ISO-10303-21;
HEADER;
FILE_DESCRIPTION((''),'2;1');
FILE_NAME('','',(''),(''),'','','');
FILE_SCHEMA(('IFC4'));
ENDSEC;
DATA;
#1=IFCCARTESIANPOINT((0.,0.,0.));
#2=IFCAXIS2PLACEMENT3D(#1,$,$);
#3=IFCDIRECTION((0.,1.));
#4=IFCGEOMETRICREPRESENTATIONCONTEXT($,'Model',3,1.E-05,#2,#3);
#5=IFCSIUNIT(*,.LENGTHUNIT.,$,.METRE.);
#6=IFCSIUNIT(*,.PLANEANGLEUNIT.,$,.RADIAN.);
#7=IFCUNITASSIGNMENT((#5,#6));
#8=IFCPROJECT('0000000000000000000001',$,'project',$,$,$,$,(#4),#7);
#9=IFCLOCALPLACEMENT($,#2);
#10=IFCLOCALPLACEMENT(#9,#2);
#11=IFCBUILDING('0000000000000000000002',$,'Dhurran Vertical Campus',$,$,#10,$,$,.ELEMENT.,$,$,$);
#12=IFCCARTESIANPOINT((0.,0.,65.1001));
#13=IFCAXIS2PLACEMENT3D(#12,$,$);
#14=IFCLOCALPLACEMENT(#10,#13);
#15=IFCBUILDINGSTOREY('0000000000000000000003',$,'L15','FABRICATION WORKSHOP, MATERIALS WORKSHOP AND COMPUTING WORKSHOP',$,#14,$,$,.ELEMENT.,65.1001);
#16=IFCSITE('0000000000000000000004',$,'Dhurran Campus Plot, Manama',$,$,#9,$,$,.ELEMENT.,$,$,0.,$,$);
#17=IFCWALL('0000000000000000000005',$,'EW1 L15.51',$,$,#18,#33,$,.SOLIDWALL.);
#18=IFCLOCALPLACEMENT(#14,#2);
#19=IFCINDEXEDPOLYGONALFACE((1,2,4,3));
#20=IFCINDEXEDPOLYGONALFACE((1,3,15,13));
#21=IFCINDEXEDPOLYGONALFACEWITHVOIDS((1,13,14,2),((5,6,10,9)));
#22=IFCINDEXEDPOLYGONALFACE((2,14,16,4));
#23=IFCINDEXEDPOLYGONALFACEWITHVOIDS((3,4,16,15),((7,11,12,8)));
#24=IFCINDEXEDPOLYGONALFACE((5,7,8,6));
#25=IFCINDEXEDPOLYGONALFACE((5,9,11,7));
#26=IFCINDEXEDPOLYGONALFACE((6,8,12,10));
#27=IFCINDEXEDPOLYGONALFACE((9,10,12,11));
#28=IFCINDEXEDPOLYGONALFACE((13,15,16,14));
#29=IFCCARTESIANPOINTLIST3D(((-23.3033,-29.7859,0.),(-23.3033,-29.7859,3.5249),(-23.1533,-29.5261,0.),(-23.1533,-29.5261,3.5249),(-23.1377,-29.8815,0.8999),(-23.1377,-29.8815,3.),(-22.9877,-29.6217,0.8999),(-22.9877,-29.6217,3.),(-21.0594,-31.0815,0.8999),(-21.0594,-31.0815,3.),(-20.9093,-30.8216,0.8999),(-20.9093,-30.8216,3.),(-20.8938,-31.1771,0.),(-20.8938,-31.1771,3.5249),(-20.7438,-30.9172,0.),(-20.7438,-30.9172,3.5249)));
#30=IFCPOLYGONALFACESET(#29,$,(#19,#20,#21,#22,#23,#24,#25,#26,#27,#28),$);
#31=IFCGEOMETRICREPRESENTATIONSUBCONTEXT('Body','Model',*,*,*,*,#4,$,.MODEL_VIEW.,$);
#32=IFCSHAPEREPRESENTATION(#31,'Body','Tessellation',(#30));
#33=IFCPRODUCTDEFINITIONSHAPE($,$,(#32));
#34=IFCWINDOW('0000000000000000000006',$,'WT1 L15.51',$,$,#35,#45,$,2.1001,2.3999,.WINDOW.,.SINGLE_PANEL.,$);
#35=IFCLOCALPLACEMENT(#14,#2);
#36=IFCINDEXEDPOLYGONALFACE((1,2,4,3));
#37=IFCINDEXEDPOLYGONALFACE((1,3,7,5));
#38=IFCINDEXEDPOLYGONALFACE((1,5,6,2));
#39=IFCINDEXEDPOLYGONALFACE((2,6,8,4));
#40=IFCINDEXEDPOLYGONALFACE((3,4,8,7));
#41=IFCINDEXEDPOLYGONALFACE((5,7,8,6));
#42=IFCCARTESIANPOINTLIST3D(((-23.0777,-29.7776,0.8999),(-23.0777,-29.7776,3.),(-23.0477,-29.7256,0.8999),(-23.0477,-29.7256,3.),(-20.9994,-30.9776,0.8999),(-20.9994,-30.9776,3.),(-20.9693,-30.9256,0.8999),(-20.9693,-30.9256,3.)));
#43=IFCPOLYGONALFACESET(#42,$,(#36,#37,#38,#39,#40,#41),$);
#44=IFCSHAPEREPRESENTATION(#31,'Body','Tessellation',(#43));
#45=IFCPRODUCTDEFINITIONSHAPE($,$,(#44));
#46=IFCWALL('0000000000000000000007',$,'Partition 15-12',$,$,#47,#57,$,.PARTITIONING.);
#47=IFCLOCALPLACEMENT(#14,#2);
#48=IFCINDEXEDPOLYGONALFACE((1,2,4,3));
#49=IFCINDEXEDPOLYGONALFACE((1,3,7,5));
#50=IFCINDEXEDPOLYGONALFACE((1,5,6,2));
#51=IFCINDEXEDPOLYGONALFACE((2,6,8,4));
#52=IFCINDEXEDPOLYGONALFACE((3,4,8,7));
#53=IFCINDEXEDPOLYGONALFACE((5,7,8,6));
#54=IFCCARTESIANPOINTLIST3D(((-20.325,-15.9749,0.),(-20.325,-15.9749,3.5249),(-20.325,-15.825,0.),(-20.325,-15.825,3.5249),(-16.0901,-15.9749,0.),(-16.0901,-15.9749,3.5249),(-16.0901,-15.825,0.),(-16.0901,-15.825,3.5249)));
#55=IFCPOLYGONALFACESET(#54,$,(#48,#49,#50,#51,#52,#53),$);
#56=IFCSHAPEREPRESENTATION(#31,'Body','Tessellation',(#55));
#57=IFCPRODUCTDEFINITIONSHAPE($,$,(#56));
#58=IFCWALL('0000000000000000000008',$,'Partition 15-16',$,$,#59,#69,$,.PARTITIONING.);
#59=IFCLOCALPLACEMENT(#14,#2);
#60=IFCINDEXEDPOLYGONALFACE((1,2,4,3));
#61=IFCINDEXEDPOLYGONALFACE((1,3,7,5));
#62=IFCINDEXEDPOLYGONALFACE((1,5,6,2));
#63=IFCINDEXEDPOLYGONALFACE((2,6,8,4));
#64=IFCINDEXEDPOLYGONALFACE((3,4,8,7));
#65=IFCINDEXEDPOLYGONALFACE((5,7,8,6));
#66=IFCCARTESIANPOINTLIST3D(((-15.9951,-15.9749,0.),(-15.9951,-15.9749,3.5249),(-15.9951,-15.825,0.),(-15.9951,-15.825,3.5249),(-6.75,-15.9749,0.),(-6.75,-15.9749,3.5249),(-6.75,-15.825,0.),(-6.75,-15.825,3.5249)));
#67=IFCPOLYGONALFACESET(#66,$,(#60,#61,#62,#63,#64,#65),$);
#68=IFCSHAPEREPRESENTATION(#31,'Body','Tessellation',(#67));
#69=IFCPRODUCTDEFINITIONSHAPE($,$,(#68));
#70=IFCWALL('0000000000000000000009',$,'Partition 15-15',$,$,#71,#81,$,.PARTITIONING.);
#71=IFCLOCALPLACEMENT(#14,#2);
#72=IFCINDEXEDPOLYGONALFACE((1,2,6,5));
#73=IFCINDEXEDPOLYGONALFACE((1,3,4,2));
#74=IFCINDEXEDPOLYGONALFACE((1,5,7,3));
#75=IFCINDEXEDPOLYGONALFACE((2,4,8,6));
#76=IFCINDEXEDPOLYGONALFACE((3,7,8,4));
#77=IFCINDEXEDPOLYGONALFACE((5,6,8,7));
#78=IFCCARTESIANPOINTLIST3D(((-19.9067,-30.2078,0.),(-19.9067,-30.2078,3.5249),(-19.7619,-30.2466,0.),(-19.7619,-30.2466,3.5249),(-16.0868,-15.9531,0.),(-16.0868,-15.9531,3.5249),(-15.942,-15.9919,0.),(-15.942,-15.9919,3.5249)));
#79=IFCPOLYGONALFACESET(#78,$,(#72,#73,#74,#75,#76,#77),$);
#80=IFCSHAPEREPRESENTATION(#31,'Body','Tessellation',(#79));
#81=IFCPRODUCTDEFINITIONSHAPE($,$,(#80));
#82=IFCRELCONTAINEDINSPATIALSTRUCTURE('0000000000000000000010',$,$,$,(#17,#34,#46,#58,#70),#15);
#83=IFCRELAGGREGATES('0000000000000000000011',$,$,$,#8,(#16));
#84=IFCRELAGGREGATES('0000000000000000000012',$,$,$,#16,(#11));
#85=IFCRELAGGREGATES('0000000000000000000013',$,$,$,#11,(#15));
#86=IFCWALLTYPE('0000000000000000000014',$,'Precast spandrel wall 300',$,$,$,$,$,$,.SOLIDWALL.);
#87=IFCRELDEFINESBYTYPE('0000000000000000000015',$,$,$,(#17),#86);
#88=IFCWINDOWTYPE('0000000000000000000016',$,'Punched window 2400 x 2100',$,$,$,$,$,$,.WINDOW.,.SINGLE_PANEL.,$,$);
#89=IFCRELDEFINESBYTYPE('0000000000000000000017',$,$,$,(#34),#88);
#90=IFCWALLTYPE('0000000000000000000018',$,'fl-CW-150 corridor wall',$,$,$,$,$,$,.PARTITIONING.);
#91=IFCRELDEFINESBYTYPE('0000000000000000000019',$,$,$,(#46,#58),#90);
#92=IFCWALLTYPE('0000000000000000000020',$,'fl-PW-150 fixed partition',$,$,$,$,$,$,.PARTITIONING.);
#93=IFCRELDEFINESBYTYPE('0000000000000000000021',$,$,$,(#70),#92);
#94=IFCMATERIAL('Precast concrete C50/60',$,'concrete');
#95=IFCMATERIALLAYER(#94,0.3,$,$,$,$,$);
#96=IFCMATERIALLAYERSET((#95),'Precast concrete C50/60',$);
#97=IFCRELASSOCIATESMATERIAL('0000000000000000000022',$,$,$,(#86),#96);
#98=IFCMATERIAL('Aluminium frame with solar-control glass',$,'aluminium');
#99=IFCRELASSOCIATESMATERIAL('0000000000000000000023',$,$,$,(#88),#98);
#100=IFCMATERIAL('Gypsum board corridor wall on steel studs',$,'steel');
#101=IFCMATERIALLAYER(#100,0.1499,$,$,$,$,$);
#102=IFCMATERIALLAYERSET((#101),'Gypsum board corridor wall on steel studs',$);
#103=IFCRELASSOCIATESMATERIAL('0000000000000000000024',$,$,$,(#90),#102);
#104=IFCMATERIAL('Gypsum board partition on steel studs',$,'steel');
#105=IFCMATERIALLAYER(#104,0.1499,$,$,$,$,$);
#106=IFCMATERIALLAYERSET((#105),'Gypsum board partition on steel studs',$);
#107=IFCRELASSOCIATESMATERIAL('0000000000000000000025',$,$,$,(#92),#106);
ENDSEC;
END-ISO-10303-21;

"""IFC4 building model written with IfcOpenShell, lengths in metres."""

from ifc_helpers import new_model, si_unit, direction, frame, frame_2d, origin, place, context, subcontext, project, spatial, rectangle, extrude, material, layer, layer_set, type_object, element, fill, save


model = new_model("IFC4")

# Units and contexts
model_context = context("Model", 3, precision=1e-05, world=origin(), true_north=direction((0.0, 1.0)))
body_context = subcontext(model_context, "Body", "Model", "MODEL_VIEW")
ifc_project = project(units=[si_unit("LENGTHUNIT", "METRE"), si_unit("PLANEANGLEUNIT", "RADIAN")], contexts=[model_context])

# Site, building, storey
site_placement = place(None, origin())
site = spatial("IfcSite", under=ifc_project, at=site_placement, Name="Dhurran Campus Plot, Manama", CompositionType="ELEMENT", RefElevation=0.0)
building_placement = place(site_placement, origin())
building = spatial("IfcBuilding", under=site, at=building_placement, Name="Dhurran Vertical Campus", CompositionType="ELEMENT")
storey_placement = place(building_placement, frame((0.0, 0.0, 65.1001)))
storey = spatial("IfcBuildingStorey", under=building, at=storey_placement, Name="L15", Description="FABRICATION WORKSHOP, MATERIALS WORKSHOP AND COMPUTING WORKSHOP", CompositionType="ELEMENT", Elevation=65.1001)

# Wall, opening, window
ifc_material_1 = material(Name="Precast concrete C50/60", Category="concrete")
ifc_layer_1 = layer(ifc_material_1, 0.3)
ifc_layer_set_1 = layer_set([ifc_layer_1], Name="Precast concrete C50/60")
wall_type_1 = type_object("IfcWallType", Name="Precast spandrel wall 300", PredefinedType="SOLIDWALL", material=ifc_layer_set_1)
ifc_material_2 = material(Name="Aluminium frame with solar-control glass", Category="aluminium")
window_type = type_object("IfcWindowType", Name="Punched window 2400 x 2100", PartitioningType="SINGLE_PANEL", PredefinedType="WINDOW", material=ifc_material_2)
wall_1_placement = place(storey_placement, frame((-23.2283, -29.656, 0.0), z_axis=(0.0, 0.0, 1.0), x_axis=(0.86602, -0.500009, 0.0)))
wall_1 = element("IfcWall", 1, at=wall_1_placement, inside=storey, type_object=wall_type_1, Name="EW1 L15.51", PredefinedType="SOLIDWALL", context=body_context, shape_type="SweptSolid", body=[
    extrude(rectangle(XDim=2.7822, YDim=0.3, at=frame_2d((1.3911, 0.0))), origin(), (0.0, 0.0, 1.0), 3.5249),
])
opening_1_placement = place(wall_1_placement, frame((0.1912, 0.0, 0.8999)))
opening_1 = element("IfcOpeningElement", 2, at=opening_1_placement, cuts=wall_1, PredefinedType="OPENING", context=body_context, shape_type="SweptSolid", body=[
    extrude(rectangle(XDim=2.3999, YDim=2.1001, at=frame_2d((1.2, 1.05))), frame((0.0, 0.1599, 0.0), z_axis=(0.0, -1.0, 0.0), x_axis=(1.0, 0.0, 0.0)), (0.0, 0.0, 1.0), 0.3201),
])
window_1_placement = place(opening_1_placement, origin())
window_1 = element("IfcWindow", 3, at=window_1_placement, inside=storey, type_object=window_type, Name="WT1 L15.51", OverallHeight=2.1001, OverallWidth=2.3999, PartitioningType="SINGLE_PANEL", PredefinedType="WINDOW", context=body_context, shape_type="SweptSolid", body=[
    extrude(rectangle(XDim=2.3999, YDim=2.1001, at=frame_2d((1.2, 1.05))), frame((0.0, 0.03, 0.0), z_axis=(0.0, -1.0, 0.0), x_axis=(1.0, 0.0, 0.0)), (0.0, 0.0, 1.0), 0.0601),
])
fill(opening_1, window_1)

# Walls
ifc_material_3 = material(Name="Gypsum board corridor wall on steel studs", Category="steel")
ifc_layer_2 = layer(ifc_material_3, 0.1499)
ifc_layer_set_2 = layer_set([ifc_layer_2], Name="Gypsum board corridor wall on steel studs")
wall_type_2 = type_object("IfcWallType", Name="fl-CW-150 corridor wall", PredefinedType="PARTITIONING", material=ifc_layer_set_2)
wall_2_placement = place(storey_placement, frame((-20.325, -15.8999, 0.0), z_axis=(0.0, 0.0, 1.0), x_axis=(1.0, 0.0, 0.0)))
element("IfcWall", 4, at=wall_2_placement, inside=storey, type_object=wall_type_2, Name="Partition 15-12", PredefinedType="PARTITIONING", context=body_context, shape_type="SweptSolid", body=[
    extrude(rectangle(XDim=4.2349, YDim=0.1499, at=frame_2d((2.1174, 0.0))), origin(), (0.0, 0.0, 1.0), 3.5249),
])
wall_3_placement = place(storey_placement, frame((-15.9951, -15.8999, 0.0), z_axis=(0.0, 0.0, 1.0), x_axis=(1.0, 0.0, 0.0)))
element("IfcWall", 5, at=wall_3_placement, inside=storey, type_object=wall_type_2, Name="Partition 15-16", PredefinedType="PARTITIONING", context=body_context, shape_type="SweptSolid", body=[
    extrude(rectangle(XDim=9.2451, YDim=0.1499, at=frame_2d((4.6226, 0.0))), origin(), (0.0, 0.0, 1.0), 3.5249),
])
ifc_material_4 = material(Name="Gypsum board partition on steel studs", Category="steel")
ifc_layer_3 = layer(ifc_material_4, 0.1499)
ifc_layer_set_3 = layer_set([ifc_layer_3], Name="Gypsum board partition on steel studs")
wall_type_3 = type_object("IfcWallType", Name="fl-PW-150 fixed partition", PredefinedType="PARTITIONING", material=ifc_layer_set_3)
wall_4_placement = place(storey_placement, frame((-16.0144, -15.9724, 0.0), z_axis=(0.0, 0.0, 1.0), x_axis=(-0.258838, -0.965921, 0.0)))
element("IfcWall", 6, at=wall_4_placement, inside=storey, type_object=wall_type_3, Name="Partition 15-15", PredefinedType="PARTITIONING", context=body_context, shape_type="SweptSolid", body=[
    extrude(rectangle(XDim=14.7576, YDim=0.1499, at=frame_2d((7.3789, 0.0))), origin(), (0.0, 0.0, 1.0), 3.5249),
])

save(model, "model.ifc")
